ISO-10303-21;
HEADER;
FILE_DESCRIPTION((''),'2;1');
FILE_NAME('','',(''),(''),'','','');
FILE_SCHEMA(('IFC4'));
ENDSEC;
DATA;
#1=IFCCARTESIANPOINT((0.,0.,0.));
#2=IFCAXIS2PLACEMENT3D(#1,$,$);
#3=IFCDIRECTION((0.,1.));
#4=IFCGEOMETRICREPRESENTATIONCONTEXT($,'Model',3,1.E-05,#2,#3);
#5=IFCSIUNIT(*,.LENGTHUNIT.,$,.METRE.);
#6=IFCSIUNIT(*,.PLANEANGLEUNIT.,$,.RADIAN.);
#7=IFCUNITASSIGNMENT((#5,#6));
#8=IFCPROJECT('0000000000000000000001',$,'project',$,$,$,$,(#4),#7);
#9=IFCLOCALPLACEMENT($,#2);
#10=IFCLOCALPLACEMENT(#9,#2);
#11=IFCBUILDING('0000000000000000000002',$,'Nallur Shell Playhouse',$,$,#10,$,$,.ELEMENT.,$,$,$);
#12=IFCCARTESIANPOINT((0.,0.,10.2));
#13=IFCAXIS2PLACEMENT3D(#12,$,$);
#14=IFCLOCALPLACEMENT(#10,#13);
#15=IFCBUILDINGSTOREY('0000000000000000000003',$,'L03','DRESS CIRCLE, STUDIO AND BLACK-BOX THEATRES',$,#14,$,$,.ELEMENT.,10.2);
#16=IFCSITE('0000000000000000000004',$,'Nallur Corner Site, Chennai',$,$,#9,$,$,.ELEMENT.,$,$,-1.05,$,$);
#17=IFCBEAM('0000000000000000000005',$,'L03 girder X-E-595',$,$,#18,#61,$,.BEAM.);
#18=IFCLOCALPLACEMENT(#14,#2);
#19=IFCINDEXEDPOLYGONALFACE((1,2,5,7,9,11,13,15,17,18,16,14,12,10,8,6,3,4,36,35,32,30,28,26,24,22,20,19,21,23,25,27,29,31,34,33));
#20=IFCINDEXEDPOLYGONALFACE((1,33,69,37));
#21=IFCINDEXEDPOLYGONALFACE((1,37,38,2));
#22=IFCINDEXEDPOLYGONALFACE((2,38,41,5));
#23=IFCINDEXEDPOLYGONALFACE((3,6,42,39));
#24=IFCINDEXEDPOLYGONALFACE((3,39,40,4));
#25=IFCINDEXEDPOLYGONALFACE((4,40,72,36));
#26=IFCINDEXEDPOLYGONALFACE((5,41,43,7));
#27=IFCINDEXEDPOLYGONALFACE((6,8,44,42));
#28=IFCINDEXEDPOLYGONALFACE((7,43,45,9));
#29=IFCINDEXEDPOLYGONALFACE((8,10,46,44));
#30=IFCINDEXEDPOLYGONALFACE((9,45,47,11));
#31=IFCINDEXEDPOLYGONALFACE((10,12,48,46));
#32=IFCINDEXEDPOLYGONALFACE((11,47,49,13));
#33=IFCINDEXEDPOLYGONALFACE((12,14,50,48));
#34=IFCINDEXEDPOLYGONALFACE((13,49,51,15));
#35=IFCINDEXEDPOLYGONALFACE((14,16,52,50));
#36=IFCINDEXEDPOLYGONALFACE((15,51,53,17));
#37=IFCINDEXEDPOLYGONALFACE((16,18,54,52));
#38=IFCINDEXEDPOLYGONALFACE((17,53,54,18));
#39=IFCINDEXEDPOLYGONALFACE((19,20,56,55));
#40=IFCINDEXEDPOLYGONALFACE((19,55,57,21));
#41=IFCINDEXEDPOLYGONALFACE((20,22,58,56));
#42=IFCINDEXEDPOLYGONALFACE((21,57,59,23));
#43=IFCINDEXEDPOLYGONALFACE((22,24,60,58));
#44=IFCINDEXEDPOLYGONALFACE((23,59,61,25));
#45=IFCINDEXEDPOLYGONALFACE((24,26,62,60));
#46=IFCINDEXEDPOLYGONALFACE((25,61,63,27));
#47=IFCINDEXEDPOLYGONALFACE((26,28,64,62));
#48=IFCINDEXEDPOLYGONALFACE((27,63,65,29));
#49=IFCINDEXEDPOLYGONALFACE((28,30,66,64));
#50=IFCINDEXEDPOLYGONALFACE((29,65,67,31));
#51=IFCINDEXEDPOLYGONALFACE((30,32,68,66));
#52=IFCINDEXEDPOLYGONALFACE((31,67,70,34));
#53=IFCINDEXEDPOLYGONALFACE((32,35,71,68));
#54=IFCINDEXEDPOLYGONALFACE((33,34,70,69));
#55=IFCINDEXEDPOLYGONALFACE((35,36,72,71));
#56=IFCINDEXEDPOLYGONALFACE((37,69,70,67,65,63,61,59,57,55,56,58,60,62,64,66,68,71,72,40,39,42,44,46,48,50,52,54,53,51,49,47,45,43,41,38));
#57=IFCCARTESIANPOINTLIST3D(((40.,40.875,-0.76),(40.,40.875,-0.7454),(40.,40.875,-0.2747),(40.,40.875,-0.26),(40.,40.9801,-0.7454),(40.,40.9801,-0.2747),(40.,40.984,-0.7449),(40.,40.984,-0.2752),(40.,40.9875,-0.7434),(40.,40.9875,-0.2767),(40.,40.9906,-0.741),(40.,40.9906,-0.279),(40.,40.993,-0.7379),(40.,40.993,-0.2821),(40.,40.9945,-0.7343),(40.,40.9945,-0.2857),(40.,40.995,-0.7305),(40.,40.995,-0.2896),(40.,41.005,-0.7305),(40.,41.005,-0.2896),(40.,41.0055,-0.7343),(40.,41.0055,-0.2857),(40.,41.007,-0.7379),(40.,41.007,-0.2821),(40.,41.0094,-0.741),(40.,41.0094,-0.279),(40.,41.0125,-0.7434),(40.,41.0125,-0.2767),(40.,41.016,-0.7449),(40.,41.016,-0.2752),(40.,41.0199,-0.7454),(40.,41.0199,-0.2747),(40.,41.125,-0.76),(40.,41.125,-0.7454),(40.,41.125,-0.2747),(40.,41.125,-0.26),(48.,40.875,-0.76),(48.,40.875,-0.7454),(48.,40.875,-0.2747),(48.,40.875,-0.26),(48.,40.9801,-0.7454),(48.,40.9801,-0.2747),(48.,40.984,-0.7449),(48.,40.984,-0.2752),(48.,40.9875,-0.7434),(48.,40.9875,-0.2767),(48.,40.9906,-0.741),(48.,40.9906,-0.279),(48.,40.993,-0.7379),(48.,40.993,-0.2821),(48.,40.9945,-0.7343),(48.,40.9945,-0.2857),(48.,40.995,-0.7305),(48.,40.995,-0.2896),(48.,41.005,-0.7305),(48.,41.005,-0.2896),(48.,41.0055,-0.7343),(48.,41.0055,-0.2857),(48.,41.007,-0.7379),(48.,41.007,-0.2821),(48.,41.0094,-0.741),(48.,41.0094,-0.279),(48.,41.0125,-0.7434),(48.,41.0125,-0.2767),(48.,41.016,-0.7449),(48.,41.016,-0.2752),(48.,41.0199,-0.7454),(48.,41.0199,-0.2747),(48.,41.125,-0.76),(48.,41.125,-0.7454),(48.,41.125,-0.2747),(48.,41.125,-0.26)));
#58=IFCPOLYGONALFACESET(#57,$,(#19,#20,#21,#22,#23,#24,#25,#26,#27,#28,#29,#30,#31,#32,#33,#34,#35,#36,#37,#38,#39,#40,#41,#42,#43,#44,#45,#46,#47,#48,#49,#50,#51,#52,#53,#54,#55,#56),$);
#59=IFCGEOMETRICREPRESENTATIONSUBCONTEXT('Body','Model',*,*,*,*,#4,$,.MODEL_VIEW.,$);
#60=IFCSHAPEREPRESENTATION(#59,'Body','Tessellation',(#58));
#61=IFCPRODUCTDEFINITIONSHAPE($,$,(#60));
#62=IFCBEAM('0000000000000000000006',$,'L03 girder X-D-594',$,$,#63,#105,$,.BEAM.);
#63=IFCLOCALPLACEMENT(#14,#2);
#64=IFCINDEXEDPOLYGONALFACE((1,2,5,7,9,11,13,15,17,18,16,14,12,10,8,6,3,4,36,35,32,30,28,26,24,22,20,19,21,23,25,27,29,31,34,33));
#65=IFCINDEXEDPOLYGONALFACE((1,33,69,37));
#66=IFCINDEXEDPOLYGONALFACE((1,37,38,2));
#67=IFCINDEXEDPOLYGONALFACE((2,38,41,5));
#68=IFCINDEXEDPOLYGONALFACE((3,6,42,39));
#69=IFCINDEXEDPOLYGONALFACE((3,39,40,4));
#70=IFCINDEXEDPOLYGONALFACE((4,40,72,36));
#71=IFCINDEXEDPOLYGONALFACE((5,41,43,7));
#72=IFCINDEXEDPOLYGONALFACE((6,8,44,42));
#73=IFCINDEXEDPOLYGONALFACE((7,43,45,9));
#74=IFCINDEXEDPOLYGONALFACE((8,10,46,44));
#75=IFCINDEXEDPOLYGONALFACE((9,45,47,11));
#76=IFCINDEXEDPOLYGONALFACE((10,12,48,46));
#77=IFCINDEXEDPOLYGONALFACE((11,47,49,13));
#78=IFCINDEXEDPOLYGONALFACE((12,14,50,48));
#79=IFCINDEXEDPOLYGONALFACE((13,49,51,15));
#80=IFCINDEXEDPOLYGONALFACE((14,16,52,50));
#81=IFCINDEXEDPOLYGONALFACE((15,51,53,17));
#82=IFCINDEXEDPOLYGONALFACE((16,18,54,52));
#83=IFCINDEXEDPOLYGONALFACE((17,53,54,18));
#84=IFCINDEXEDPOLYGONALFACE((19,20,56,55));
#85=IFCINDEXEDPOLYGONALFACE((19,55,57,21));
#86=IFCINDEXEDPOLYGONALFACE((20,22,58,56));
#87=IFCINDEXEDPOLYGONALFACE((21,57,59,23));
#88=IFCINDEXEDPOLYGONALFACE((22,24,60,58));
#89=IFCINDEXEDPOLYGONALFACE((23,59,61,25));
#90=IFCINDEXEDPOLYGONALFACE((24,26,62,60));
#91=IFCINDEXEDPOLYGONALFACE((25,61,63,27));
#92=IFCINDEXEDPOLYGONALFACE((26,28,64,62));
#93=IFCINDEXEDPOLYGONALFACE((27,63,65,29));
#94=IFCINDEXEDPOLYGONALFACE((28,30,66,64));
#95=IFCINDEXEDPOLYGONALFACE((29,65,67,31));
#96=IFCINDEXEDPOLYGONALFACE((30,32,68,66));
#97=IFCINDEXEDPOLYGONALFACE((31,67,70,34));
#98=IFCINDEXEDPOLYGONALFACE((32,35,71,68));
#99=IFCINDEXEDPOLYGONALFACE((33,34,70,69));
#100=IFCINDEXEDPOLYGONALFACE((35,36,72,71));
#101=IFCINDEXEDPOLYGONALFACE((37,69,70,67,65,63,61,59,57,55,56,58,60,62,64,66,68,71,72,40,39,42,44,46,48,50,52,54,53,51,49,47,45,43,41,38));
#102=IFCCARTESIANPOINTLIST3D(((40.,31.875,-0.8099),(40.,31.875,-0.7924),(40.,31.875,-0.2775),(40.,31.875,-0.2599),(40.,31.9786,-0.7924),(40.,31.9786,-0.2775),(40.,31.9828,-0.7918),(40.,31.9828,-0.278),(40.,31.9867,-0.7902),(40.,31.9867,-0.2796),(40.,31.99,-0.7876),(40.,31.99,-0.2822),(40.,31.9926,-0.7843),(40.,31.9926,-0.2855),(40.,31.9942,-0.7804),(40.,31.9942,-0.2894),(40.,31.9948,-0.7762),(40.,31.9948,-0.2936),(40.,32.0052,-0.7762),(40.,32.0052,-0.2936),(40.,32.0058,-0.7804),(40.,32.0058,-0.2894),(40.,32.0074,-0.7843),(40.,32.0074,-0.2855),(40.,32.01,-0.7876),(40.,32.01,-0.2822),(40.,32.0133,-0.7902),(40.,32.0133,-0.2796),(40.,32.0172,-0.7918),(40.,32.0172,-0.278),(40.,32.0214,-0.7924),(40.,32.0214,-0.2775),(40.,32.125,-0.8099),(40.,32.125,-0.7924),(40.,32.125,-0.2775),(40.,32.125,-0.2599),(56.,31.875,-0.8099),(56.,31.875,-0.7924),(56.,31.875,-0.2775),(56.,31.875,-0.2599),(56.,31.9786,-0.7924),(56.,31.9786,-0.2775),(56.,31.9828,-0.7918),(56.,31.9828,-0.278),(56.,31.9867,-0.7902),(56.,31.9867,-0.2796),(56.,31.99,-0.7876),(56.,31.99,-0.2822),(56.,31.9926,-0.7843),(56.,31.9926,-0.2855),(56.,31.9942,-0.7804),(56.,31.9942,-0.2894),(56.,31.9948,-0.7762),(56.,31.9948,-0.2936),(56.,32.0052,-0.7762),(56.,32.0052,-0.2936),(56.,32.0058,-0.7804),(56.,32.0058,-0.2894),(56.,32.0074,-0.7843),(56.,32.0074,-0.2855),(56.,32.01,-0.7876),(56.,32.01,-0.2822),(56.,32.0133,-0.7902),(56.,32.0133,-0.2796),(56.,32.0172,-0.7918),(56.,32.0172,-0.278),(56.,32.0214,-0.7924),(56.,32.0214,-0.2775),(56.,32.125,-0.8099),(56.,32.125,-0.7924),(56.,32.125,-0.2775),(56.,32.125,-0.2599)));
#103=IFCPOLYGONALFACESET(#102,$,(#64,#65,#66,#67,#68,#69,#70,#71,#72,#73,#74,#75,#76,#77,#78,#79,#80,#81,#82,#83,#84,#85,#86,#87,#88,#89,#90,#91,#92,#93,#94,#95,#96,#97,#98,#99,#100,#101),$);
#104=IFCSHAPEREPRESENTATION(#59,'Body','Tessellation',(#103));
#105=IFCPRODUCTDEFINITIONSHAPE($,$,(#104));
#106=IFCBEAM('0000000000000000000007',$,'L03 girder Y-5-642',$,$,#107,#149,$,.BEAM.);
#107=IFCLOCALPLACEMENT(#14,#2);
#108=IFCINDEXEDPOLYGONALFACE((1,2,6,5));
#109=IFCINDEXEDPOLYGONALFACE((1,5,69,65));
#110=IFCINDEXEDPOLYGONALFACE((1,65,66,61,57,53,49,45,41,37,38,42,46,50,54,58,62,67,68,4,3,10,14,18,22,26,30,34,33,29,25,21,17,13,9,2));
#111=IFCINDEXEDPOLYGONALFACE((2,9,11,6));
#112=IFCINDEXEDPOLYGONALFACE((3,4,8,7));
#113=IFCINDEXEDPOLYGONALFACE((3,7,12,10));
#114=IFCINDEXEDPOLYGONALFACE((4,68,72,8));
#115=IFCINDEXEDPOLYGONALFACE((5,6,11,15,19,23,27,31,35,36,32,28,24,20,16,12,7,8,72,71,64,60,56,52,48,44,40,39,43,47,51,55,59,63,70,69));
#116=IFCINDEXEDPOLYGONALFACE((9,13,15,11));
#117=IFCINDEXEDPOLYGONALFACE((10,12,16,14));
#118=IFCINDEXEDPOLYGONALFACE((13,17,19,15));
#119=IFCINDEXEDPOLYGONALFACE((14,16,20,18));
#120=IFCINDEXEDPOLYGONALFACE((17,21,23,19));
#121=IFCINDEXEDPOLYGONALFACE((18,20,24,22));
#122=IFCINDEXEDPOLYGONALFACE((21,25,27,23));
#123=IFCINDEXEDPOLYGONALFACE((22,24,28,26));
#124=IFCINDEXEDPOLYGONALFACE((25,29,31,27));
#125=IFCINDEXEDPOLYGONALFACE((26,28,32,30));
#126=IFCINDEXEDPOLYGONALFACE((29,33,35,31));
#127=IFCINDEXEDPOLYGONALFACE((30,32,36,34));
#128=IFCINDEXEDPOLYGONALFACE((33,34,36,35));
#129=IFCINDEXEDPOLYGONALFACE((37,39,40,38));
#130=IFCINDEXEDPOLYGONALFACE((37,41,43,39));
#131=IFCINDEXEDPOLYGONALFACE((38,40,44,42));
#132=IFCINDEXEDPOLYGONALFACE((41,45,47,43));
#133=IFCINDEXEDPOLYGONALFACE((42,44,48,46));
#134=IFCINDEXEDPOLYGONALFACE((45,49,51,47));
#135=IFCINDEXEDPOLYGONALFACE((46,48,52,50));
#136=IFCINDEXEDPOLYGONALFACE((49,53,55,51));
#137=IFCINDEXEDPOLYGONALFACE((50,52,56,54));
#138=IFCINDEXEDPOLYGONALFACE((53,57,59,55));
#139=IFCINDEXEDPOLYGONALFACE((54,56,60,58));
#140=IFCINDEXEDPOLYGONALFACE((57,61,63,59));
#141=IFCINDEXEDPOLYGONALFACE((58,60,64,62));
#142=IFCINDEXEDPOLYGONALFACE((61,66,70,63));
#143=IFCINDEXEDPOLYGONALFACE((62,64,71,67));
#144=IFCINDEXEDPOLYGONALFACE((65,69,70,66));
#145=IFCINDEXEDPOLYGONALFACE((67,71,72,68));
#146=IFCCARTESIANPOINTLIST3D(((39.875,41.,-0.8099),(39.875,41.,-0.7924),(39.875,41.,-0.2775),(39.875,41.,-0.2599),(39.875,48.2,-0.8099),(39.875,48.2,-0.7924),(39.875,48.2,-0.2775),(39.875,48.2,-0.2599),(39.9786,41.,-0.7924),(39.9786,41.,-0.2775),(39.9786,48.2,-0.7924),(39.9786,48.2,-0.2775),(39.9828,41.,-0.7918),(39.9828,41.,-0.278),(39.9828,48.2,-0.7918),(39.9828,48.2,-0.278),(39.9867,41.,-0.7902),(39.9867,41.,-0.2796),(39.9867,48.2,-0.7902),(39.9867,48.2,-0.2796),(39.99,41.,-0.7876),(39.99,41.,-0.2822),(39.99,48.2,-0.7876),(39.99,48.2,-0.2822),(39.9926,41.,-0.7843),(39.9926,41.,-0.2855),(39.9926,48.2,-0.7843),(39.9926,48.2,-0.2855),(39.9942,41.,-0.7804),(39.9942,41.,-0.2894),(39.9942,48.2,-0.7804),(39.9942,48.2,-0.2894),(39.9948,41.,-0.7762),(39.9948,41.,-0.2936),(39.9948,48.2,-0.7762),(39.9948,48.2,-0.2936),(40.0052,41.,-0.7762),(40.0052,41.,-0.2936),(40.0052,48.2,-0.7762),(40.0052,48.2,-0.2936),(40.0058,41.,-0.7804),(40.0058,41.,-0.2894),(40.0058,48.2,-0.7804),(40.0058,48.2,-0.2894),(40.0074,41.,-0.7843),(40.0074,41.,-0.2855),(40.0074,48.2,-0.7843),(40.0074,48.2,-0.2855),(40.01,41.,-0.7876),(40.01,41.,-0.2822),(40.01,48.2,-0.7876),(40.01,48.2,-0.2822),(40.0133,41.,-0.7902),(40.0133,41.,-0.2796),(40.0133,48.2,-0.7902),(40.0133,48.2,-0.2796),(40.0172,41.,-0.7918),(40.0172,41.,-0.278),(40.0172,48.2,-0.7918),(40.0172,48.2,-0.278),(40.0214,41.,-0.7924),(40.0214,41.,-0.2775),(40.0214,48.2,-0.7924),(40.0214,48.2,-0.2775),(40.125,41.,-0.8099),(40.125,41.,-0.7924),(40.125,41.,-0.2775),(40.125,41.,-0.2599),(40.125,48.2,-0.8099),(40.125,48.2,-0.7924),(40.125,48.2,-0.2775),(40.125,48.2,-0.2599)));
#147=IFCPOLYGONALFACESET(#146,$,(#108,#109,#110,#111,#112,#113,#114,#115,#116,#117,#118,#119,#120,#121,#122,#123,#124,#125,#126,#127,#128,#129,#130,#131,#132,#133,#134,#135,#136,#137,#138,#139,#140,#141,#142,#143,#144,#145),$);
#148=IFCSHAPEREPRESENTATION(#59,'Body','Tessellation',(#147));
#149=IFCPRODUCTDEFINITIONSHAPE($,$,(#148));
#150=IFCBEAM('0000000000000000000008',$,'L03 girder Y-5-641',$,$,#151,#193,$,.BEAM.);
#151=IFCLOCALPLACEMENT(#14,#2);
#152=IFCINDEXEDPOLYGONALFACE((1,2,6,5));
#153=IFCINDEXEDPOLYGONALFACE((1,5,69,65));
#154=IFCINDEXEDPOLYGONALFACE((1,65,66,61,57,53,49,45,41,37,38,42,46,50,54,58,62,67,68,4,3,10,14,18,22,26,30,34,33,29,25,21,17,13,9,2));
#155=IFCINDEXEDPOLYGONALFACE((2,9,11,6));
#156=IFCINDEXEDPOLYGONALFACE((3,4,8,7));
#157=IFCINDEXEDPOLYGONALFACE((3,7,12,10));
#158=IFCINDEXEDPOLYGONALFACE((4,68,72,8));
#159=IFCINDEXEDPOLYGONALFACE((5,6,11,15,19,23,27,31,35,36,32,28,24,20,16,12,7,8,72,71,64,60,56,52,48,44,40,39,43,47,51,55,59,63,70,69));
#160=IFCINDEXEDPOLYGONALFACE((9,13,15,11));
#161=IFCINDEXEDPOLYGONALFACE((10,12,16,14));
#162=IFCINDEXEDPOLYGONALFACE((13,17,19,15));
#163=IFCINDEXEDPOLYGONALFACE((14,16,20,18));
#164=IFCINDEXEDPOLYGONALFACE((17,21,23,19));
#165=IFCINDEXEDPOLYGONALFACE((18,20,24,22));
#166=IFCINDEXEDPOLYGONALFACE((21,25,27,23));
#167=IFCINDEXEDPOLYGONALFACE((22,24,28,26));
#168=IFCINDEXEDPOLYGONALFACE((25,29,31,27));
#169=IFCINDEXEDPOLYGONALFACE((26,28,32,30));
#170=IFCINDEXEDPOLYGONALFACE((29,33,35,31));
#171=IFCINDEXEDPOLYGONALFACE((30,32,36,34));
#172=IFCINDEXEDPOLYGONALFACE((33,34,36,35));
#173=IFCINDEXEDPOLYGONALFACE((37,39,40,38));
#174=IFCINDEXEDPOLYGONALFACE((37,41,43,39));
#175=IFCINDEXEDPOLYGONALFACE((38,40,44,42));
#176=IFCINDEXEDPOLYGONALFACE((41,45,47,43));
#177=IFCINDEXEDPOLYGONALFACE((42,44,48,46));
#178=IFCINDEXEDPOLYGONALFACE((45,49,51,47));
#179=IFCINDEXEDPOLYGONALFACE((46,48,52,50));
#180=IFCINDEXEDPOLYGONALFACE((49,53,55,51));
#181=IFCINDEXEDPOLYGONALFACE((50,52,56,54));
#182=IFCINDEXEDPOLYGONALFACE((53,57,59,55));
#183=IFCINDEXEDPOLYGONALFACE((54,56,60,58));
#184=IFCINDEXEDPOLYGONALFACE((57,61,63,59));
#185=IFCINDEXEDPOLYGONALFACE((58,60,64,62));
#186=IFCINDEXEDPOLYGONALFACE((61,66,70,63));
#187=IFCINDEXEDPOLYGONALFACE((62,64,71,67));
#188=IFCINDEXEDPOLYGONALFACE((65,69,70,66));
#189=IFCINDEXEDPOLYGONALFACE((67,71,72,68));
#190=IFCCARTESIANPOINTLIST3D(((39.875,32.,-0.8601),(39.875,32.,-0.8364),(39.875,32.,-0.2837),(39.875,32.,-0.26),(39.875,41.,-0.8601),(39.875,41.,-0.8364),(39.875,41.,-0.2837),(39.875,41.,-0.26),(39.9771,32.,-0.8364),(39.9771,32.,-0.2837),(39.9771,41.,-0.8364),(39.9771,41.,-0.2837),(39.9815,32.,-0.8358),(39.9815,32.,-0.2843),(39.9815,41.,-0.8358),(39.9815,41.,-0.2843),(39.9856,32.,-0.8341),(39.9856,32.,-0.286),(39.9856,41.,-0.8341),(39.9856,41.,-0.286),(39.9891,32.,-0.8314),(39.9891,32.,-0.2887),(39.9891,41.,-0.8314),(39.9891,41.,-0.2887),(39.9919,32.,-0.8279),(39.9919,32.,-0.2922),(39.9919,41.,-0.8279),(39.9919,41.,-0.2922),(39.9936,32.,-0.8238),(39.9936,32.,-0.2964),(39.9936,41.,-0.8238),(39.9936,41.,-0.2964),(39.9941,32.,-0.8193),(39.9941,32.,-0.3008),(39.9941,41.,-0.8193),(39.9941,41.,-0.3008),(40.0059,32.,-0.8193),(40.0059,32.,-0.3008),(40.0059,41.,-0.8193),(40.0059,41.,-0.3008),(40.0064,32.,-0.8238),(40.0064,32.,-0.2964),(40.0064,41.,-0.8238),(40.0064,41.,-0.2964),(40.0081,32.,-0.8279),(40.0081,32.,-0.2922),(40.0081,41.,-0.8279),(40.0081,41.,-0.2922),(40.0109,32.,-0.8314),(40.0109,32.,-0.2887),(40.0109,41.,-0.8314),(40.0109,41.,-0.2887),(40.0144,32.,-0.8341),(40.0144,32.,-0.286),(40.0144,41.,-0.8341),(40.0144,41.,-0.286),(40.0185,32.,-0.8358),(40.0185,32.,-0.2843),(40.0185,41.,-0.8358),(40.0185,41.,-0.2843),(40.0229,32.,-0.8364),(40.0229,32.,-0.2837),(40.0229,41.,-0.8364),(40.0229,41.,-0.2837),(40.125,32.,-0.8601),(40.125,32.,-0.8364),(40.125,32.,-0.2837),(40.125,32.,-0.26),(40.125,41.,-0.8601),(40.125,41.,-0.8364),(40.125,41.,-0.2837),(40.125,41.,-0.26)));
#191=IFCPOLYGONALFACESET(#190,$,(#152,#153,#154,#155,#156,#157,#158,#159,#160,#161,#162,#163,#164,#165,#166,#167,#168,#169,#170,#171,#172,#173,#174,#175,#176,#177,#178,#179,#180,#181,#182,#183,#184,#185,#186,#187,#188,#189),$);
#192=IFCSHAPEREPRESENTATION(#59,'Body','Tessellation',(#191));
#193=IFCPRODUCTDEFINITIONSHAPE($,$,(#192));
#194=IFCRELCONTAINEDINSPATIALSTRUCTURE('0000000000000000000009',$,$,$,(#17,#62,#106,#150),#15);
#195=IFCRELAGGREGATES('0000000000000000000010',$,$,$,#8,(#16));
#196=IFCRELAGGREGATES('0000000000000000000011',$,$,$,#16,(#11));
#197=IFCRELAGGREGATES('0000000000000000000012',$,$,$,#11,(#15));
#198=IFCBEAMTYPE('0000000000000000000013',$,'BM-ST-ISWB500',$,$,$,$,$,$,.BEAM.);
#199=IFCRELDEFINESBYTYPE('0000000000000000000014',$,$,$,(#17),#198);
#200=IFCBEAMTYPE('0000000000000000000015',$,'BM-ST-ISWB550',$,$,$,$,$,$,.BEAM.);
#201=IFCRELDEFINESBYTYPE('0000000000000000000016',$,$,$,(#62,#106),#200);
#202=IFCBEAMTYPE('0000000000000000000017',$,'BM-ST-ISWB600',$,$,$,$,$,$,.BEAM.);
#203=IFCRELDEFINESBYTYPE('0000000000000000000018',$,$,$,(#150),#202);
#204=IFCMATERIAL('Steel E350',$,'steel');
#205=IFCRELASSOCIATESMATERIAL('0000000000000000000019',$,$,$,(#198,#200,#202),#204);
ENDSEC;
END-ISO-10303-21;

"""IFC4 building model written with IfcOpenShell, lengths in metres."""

from ifc_helpers import new_model, si_unit, direction, frame, origin, origin_2d, place, context, subcontext, project, spatial, i_section, extrude, material, material_profile, profile_set, type_object, element, save


model = new_model("IFC4")

# Units and contexts
model_context = context("Model", 3, precision=1e-05, world=origin(), true_north=direction((0.0, 1.0)))
body_context = subcontext(model_context, "Body", "Model", "MODEL_VIEW")
ifc_project = project(units=[si_unit("LENGTHUNIT", "METRE"), si_unit("PLANEANGLEUNIT", "RADIAN")], contexts=[model_context])

# Site, building, storey
site_placement = place(None, origin())
site = spatial("IfcSite", under=ifc_project, at=site_placement, Name="Nallur Corner Site, Chennai", CompositionType="ELEMENT", RefElevation=-1.05)
building_placement = place(site_placement, origin())
building = spatial("IfcBuilding", under=site, at=building_placement, Name="Nallur Shell Playhouse", CompositionType="ELEMENT")
storey_placement = place(building_placement, frame((0.0, 0.0, 10.2)))
storey = spatial("IfcBuildingStorey", under=building, at=storey_placement, Name="L03", Description="DRESS CIRCLE, STUDIO AND BLACK-BOX THEATRES", CompositionType="ELEMENT", Elevation=10.2)

# Shared definitions
ifc_material_1 = material(Name="Steel E350", Category="steel")

# Beams
ifc_material_profile_1 = material_profile(ifc_material_1, i_section(OverallWidth=0.25, OverallDepth=0.5, WebThickness=0.01, FlangeThickness=0.0146, FilletRadius=0.0149, at=origin_2d()), Name="ISWB 500")
ifc_profile_set_1 = profile_set([ifc_material_profile_1], Name="Steel E350")
beam_type_1 = type_object("IfcBeamType", Name="BM-ST-ISWB500", PredefinedType="BEAM", material=ifc_profile_set_1)
beam_1_placement = place(storey_placement, frame((40.0, 41.0, -0.51), z_axis=(1.0, 0.0, 0.0), x_axis=(0.0, 1.0, 0.0)))
element("IfcBeam", 1, at=beam_1_placement, inside=storey, type_object=beam_type_1, Name="L03 girder X-E-595", PredefinedType="BEAM", context=body_context, shape_type="SweptSolid", body=[
    extrude(i_section(OverallWidth=0.25, OverallDepth=0.5, WebThickness=0.01, FlangeThickness=0.0146, FilletRadius=0.0149, at=origin_2d()), origin(), (0.0, 0.0, 1.0), 8.0),
])
ifc_material_profile_2 = material_profile(ifc_material_1, i_section(OverallWidth=0.25, OverallDepth=0.55, WebThickness=0.0105, FlangeThickness=0.0176, FilletRadius=0.0161, at=origin_2d()), Name="ISWB 550")
ifc_profile_set_2 = profile_set([ifc_material_profile_2], Name="Steel E350")
beam_type_2 = type_object("IfcBeamType", Name="BM-ST-ISWB550", PredefinedType="BEAM", material=ifc_profile_set_2)
beam_2_placement = place(storey_placement, frame((40.0, 32.0, -0.5349), z_axis=(1.0, 0.0, 0.0), x_axis=(0.0, 1.0, 0.0)))
element("IfcBeam", 2, at=beam_2_placement, inside=storey, type_object=beam_type_2, Name="L03 girder X-D-594", PredefinedType="BEAM", context=body_context, shape_type="SweptSolid", body=[
    extrude(i_section(OverallWidth=0.25, OverallDepth=0.55, WebThickness=0.0105, FlangeThickness=0.0176, FilletRadius=0.0161, at=origin_2d()), origin(), (0.0, 0.0, 1.0), 16.0),
])
beam_3_placement = place(storey_placement, frame((40.0, 41.0, -0.5349), z_axis=(0.0, 1.0, 0.0), x_axis=(-1.0, 0.0, 0.0)))
element("IfcBeam", 3, at=beam_3_placement, inside=storey, type_object=beam_type_2, Name="L03 girder Y-5-642", PredefinedType="BEAM", context=body_context, shape_type="SweptSolid", body=[
    extrude(i_section(OverallWidth=0.25, OverallDepth=0.55, WebThickness=0.0105, FlangeThickness=0.0176, FilletRadius=0.0161, at=origin_2d()), origin(), (0.0, 0.0, 1.0), 7.2),
])
ifc_material_profile_3 = material_profile(ifc_material_1, i_section(OverallWidth=0.25, OverallDepth=0.6001, WebThickness=0.0117, FlangeThickness=0.0237, FilletRadius=0.0171, at=origin_2d()), Name="ISWB 600")
ifc_profile_set_3 = profile_set([ifc_material_profile_3], Name="Steel E350")
beam_type_3 = type_object("IfcBeamType", Name="BM-ST-ISWB600", PredefinedType="BEAM", material=ifc_profile_set_3)
beam_4_placement = place(storey_placement, frame((40.0, 32.0, -0.5601), z_axis=(0.0, 1.0, 0.0), x_axis=(-1.0, 0.0, 0.0)))
element("IfcBeam", 4, at=beam_4_placement, inside=storey, type_object=beam_type_3, Name="L03 girder Y-5-641", PredefinedType="BEAM", context=body_context, shape_type="SweptSolid", body=[
    extrude(i_section(OverallWidth=0.25, OverallDepth=0.6001, WebThickness=0.0117, FlangeThickness=0.0237, FilletRadius=0.0171, at=origin_2d()), origin(), (0.0, 0.0, 1.0), 9.0),
])

save(model, "model.ifc")
